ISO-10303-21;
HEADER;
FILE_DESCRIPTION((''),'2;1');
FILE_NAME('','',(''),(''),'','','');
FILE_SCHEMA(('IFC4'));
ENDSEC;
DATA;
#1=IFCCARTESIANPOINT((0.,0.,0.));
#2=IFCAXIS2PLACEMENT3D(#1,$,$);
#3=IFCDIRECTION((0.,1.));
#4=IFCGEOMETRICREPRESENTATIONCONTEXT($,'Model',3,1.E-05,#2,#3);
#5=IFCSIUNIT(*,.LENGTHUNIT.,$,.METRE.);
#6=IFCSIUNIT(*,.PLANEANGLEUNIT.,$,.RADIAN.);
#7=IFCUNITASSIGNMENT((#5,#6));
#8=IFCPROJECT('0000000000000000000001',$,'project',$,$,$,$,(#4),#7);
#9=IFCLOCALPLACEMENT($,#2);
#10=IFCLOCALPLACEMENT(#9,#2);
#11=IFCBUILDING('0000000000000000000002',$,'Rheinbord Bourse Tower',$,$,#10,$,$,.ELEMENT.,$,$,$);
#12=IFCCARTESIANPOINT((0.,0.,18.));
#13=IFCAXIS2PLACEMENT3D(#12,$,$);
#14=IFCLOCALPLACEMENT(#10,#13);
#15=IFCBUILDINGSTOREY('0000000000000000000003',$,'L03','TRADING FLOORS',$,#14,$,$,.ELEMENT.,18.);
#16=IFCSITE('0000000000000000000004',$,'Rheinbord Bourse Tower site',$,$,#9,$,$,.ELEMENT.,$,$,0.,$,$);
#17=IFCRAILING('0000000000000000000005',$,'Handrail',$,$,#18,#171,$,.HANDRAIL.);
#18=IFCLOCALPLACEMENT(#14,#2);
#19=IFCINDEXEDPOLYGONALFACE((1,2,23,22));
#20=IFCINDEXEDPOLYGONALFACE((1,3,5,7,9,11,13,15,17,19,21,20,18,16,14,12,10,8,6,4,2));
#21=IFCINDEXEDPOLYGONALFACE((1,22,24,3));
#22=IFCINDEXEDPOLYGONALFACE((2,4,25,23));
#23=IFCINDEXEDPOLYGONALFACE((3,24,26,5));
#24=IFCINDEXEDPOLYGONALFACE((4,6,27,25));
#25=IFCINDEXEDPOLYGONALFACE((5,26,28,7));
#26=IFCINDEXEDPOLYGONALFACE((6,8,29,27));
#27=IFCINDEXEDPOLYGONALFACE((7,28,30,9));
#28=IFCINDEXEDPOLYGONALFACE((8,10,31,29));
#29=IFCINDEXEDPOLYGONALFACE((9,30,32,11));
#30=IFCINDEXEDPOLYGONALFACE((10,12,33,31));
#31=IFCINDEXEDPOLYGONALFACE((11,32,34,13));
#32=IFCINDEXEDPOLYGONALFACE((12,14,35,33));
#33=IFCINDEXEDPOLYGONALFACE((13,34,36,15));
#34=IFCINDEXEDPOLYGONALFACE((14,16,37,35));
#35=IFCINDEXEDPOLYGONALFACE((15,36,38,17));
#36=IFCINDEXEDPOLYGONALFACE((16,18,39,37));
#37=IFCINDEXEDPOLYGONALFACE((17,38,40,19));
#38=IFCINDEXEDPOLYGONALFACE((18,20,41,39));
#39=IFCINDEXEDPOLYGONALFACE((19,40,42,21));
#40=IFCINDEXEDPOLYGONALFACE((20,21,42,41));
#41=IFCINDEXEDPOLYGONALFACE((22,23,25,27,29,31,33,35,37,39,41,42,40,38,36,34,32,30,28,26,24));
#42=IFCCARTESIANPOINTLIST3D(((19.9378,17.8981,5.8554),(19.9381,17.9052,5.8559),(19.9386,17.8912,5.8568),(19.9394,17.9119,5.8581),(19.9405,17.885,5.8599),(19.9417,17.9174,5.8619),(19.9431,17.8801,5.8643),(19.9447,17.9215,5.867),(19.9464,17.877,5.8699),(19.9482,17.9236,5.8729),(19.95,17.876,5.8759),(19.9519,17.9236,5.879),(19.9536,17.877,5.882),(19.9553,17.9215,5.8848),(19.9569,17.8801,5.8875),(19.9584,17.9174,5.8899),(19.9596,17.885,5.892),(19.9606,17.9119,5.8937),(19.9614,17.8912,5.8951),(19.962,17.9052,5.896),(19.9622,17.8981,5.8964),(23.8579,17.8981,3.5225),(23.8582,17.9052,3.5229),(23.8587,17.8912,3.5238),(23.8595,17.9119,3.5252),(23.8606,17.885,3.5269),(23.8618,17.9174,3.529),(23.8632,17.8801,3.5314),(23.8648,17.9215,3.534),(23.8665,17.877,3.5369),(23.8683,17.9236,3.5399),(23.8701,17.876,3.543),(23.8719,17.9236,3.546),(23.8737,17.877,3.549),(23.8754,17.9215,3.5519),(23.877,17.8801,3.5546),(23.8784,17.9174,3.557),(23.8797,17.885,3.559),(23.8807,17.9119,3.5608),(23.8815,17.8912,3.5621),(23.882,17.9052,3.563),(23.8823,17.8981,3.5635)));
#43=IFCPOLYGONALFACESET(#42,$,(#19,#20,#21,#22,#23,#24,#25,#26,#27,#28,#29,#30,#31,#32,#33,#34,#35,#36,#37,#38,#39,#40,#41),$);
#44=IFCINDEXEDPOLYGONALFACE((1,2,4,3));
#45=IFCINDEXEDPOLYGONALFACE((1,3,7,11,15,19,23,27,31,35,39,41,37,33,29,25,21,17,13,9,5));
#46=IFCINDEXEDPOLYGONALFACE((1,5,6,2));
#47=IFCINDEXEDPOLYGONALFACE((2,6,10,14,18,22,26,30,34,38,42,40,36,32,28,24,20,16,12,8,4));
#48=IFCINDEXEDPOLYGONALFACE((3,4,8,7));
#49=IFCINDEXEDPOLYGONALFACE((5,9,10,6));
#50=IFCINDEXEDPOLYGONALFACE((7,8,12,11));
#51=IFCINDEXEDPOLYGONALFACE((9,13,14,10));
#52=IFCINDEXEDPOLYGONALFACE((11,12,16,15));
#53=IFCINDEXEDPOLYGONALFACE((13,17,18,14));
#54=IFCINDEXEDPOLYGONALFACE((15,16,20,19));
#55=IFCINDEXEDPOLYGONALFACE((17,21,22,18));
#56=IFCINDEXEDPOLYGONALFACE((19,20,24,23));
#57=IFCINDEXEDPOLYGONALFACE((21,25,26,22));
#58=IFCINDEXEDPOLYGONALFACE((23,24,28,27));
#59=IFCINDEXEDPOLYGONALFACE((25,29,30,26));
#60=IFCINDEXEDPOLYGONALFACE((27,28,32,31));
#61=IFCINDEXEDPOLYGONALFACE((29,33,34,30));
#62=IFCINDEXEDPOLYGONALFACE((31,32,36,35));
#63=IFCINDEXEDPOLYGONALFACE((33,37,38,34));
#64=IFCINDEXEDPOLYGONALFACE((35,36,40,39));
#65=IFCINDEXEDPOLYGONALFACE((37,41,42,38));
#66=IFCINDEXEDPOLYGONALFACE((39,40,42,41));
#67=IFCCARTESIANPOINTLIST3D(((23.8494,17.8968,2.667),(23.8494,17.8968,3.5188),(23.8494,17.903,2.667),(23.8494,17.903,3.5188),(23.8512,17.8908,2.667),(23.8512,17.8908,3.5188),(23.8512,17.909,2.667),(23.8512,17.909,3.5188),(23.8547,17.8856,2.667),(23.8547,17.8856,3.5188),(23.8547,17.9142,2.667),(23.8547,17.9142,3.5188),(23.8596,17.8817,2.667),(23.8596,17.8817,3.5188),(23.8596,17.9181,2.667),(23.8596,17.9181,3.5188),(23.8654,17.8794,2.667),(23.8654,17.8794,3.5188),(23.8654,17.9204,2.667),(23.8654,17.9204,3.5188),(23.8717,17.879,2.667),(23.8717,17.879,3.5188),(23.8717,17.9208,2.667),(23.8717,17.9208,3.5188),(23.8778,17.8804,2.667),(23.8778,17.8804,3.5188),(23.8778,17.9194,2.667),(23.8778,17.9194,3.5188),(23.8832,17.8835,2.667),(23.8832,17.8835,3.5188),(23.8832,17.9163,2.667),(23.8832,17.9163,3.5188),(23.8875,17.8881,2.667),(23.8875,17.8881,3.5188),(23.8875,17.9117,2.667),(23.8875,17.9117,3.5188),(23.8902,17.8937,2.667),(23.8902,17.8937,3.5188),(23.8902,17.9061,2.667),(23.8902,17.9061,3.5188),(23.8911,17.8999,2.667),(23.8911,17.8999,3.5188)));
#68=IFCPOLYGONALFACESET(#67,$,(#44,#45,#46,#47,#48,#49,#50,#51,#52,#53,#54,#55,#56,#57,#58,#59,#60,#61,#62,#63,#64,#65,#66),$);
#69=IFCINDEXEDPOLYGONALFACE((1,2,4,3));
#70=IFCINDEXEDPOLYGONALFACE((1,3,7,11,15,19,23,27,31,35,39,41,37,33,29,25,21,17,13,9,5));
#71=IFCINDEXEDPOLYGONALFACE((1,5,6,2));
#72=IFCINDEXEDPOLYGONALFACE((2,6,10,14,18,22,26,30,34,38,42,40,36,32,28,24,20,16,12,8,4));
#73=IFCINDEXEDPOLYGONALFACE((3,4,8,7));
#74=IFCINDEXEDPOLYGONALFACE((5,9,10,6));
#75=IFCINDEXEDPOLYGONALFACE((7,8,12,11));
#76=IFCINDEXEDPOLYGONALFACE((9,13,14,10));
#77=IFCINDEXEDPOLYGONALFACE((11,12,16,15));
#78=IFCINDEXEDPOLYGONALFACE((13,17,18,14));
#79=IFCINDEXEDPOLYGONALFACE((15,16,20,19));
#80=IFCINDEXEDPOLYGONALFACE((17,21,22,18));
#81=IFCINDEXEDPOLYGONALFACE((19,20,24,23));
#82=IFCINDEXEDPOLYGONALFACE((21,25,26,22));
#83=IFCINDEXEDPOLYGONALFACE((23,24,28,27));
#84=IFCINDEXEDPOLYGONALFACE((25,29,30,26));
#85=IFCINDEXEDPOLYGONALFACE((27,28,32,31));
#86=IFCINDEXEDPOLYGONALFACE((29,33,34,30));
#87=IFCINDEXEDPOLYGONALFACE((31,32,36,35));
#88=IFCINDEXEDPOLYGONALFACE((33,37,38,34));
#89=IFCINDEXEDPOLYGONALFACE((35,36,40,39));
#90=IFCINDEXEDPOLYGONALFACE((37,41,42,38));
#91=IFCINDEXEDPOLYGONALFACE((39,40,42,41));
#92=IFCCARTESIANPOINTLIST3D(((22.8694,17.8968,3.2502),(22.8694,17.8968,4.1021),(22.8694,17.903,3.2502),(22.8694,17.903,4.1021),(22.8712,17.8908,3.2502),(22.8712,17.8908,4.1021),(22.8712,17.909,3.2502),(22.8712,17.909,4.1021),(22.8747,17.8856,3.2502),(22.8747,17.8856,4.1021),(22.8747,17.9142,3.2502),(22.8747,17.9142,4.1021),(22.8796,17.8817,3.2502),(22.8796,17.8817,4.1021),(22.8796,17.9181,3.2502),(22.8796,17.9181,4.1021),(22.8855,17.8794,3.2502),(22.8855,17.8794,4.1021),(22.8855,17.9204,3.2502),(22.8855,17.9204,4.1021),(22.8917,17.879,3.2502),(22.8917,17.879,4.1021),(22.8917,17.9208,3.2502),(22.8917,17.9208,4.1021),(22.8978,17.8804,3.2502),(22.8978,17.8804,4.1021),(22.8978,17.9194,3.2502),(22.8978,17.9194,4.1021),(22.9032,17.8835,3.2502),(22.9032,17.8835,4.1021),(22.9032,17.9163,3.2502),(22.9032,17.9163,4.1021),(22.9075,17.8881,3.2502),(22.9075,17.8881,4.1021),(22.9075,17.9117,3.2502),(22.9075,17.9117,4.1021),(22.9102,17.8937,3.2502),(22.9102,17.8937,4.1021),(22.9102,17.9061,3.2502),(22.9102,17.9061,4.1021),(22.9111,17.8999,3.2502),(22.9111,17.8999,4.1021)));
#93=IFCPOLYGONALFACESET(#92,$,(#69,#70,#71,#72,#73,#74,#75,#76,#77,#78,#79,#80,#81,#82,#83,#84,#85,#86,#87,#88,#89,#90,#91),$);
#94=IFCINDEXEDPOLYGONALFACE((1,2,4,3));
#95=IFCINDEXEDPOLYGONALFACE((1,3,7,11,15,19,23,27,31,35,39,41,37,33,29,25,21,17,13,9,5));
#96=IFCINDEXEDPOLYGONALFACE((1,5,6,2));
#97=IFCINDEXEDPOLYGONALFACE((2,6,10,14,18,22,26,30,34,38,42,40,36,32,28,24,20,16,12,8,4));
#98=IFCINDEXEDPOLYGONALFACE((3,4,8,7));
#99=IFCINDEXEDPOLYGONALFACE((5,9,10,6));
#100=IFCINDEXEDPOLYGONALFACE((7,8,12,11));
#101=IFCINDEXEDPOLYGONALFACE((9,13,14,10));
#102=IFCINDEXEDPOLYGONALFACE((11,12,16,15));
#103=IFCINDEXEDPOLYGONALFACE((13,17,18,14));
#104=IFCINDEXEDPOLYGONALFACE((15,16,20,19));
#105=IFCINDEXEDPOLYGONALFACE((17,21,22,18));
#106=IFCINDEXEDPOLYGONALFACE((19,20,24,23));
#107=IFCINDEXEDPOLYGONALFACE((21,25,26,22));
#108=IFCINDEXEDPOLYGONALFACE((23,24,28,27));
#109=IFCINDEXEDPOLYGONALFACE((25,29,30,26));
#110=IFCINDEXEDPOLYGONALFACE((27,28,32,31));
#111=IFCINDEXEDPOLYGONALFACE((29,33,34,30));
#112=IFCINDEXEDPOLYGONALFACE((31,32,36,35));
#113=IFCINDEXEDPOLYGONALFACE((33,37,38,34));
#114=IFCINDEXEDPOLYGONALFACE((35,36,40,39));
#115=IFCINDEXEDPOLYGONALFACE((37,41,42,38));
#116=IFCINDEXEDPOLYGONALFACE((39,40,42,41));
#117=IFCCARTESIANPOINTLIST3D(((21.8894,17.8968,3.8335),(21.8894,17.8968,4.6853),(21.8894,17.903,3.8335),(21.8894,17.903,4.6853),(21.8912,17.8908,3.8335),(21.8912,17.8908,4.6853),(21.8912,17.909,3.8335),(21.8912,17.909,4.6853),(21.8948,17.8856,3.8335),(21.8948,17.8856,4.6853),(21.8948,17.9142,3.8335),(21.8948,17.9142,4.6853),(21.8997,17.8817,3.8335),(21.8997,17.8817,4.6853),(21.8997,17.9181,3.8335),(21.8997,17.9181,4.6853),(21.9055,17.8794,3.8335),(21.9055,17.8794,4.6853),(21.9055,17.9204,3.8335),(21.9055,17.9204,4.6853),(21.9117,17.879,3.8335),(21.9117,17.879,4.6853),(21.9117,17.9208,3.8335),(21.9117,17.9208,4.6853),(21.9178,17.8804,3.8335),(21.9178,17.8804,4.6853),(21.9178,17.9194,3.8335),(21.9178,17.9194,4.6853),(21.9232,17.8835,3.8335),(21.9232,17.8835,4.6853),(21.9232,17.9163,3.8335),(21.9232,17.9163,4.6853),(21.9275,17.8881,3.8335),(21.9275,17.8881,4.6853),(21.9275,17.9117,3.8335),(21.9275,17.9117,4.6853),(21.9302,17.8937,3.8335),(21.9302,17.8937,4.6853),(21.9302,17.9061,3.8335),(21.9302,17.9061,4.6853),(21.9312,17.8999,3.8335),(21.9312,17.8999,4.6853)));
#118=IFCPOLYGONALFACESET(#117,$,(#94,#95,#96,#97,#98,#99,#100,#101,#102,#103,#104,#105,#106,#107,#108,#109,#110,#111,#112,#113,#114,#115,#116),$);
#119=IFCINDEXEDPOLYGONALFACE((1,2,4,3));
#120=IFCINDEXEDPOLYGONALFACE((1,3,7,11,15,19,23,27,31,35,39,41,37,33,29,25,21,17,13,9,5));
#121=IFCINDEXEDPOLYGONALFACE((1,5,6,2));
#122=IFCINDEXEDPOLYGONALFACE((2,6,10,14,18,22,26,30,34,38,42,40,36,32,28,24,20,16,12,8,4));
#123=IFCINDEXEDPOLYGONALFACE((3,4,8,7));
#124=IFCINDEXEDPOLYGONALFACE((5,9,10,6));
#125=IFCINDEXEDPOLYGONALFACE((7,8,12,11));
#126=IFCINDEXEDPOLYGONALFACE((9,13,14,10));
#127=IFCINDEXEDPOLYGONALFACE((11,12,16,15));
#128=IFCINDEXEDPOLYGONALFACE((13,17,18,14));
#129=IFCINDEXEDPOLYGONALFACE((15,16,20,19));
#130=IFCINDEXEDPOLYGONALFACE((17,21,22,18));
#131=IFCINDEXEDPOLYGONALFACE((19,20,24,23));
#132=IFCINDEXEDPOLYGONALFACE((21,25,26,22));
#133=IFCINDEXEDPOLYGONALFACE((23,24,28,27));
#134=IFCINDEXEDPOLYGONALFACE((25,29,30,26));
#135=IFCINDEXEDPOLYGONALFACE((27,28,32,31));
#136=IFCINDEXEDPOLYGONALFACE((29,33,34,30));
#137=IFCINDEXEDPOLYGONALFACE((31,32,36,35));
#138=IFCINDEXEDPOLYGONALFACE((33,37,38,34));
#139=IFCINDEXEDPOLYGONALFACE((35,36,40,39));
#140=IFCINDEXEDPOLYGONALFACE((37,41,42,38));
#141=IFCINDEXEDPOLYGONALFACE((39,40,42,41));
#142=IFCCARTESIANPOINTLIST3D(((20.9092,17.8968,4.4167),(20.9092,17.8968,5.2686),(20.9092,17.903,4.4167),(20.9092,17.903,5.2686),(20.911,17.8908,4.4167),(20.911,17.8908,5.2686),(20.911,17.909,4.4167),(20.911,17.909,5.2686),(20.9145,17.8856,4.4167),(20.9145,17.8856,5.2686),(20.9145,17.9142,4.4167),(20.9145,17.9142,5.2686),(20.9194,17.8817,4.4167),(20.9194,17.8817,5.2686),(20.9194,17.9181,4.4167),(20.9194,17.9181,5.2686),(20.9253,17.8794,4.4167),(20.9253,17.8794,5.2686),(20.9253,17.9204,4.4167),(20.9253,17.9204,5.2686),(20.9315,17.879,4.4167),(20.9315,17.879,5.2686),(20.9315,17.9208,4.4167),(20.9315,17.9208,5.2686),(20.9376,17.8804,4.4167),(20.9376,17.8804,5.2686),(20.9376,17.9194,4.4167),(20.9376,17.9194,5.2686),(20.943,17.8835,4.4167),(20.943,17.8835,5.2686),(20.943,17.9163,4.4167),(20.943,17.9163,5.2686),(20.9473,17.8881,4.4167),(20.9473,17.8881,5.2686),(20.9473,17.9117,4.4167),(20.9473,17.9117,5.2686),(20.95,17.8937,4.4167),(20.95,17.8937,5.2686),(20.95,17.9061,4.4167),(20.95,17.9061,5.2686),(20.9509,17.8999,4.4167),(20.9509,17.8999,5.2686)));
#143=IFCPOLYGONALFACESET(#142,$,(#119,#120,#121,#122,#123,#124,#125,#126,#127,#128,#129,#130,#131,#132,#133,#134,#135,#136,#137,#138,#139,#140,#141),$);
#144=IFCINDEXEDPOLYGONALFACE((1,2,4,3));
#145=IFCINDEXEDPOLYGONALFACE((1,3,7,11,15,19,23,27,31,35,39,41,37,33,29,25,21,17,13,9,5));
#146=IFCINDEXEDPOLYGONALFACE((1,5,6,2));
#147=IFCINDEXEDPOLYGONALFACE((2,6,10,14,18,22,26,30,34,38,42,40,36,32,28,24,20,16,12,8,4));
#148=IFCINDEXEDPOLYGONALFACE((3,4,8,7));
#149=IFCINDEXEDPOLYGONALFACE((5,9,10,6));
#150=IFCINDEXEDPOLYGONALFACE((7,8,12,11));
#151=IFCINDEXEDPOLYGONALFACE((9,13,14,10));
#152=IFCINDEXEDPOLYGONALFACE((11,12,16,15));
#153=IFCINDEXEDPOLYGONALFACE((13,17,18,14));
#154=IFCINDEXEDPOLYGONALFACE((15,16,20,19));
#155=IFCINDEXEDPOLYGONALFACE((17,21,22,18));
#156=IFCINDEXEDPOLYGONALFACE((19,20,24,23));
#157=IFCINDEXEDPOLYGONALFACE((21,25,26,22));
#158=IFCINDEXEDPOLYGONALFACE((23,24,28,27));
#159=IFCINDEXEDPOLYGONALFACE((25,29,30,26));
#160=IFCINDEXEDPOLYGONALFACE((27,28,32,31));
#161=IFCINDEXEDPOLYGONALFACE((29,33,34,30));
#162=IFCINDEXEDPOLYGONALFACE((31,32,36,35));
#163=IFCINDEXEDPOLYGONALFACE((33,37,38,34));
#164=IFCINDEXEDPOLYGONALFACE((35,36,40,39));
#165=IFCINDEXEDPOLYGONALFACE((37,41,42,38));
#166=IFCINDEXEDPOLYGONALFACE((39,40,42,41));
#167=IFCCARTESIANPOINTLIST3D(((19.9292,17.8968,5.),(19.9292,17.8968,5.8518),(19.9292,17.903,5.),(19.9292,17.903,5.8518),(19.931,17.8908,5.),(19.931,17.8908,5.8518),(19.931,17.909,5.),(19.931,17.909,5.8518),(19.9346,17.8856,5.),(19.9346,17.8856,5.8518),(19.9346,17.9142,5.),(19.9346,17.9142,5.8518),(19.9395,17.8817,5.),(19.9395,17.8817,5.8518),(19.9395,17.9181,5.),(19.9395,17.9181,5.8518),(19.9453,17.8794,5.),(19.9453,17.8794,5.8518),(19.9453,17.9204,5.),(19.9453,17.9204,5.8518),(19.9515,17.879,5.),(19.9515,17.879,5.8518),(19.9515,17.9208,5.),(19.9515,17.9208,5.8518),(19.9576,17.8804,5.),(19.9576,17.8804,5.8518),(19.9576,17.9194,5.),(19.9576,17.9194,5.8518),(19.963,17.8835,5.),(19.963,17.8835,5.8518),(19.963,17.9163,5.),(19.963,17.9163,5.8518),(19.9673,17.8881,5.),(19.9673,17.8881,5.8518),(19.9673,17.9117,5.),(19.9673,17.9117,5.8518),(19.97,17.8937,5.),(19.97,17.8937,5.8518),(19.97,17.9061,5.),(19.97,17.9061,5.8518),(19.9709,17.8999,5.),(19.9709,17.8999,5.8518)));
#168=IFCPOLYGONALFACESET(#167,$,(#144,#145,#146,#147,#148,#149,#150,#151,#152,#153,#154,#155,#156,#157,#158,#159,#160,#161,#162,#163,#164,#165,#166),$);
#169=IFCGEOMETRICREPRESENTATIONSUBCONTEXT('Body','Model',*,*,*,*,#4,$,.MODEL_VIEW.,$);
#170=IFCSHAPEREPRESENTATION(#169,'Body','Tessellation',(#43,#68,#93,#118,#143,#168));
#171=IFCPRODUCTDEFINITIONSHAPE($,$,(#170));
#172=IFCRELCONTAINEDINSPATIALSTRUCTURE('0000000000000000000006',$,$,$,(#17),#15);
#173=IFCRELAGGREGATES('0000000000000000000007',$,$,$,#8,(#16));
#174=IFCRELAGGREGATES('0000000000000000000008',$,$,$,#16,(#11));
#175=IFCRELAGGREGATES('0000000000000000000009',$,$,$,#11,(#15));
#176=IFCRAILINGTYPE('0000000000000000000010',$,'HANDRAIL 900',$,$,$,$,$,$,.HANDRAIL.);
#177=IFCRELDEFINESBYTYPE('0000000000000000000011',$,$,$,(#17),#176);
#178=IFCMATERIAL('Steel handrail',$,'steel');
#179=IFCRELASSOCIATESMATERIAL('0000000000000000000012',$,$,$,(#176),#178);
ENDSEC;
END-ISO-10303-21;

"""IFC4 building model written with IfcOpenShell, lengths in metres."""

from ifc_helpers import new_model, si_unit, direction, frame, origin, origin_2d, place, context, subcontext, project, spatial, circle, extrude, material, type_object, element, save


model = new_model("IFC4")

# Units and contexts
model_context = context("Model", 3, precision=1e-05, world=origin(), true_north=direction((0.0, 1.0)))
body_context = subcontext(model_context, "Body", "Model", "MODEL_VIEW")
ifc_project = project(units=[si_unit("LENGTHUNIT", "METRE"), si_unit("PLANEANGLEUNIT", "RADIAN")], contexts=[model_context])

# Site, building, storey
site_placement = place(None, origin())
site = spatial("IfcSite", under=ifc_project, at=site_placement, Name="Rheinbord Bourse Tower site", CompositionType="ELEMENT", RefElevation=0.0)
building_placement = place(site_placement, origin())
building = spatial("IfcBuilding", under=site, at=building_placement, Name="Rheinbord Bourse Tower", CompositionType="ELEMENT")
storey_placement = place(building_placement, frame((0.0, 0.0, 18.0)))
storey = spatial("IfcBuildingStorey", under=building, at=storey_placement, Name="L03", Description="TRADING FLOORS", CompositionType="ELEMENT", Elevation=18.0)

# Railing
ifc_material_1 = material(Name="Steel handrail", Category="steel")
railing_type = type_object("IfcRailingType", Name="HANDRAIL 900", PredefinedType="HANDRAIL", material=ifc_material_1)
railing_1_placement = place(storey_placement, frame((23.8701, 17.8999, 2.667)))
element("IfcRailing", 1, at=railing_1_placement, inside=storey, type_object=railing_type, Name="Handrail", PredefinedType="HANDRAIL", context=body_context, shape_type="SweptSolid", body=[
    extrude(circle(Radius=0.0239, at=origin_2d()), frame((0.0, 0.0, 0.876), z_axis=(-0.859334, 0.0, 0.511415), x_axis=(0.0, -1.0, 0.0)), (0.0, 0.0, 1.0), 4.5618),
    extrude(circle(Radius=0.021, at=origin_2d()), origin(), (0.0, 0.0, 1.0), 0.8518),
    extrude(circle(Radius=0.021, at=origin_2d()), frame((-0.98, 0.0, 0.5833)), (0.0, 0.0, 1.0), 0.8518),
    extrude(circle(Radius=0.021, at=origin_2d()), frame((-1.96, 0.0, 1.1665)), (0.0, 0.0, 1.0), 0.8518),
    extrude(circle(Radius=0.021, at=origin_2d()), frame((-2.9402, 0.0, 1.7498)), (0.0, 0.0, 1.0), 0.8518),
    extrude(circle(Radius=0.021, at=origin_2d()), frame((-3.9202, 0.0, 2.333)), (0.0, 0.0, 1.0), 0.8518),
])

save(model, "model.ifc")
